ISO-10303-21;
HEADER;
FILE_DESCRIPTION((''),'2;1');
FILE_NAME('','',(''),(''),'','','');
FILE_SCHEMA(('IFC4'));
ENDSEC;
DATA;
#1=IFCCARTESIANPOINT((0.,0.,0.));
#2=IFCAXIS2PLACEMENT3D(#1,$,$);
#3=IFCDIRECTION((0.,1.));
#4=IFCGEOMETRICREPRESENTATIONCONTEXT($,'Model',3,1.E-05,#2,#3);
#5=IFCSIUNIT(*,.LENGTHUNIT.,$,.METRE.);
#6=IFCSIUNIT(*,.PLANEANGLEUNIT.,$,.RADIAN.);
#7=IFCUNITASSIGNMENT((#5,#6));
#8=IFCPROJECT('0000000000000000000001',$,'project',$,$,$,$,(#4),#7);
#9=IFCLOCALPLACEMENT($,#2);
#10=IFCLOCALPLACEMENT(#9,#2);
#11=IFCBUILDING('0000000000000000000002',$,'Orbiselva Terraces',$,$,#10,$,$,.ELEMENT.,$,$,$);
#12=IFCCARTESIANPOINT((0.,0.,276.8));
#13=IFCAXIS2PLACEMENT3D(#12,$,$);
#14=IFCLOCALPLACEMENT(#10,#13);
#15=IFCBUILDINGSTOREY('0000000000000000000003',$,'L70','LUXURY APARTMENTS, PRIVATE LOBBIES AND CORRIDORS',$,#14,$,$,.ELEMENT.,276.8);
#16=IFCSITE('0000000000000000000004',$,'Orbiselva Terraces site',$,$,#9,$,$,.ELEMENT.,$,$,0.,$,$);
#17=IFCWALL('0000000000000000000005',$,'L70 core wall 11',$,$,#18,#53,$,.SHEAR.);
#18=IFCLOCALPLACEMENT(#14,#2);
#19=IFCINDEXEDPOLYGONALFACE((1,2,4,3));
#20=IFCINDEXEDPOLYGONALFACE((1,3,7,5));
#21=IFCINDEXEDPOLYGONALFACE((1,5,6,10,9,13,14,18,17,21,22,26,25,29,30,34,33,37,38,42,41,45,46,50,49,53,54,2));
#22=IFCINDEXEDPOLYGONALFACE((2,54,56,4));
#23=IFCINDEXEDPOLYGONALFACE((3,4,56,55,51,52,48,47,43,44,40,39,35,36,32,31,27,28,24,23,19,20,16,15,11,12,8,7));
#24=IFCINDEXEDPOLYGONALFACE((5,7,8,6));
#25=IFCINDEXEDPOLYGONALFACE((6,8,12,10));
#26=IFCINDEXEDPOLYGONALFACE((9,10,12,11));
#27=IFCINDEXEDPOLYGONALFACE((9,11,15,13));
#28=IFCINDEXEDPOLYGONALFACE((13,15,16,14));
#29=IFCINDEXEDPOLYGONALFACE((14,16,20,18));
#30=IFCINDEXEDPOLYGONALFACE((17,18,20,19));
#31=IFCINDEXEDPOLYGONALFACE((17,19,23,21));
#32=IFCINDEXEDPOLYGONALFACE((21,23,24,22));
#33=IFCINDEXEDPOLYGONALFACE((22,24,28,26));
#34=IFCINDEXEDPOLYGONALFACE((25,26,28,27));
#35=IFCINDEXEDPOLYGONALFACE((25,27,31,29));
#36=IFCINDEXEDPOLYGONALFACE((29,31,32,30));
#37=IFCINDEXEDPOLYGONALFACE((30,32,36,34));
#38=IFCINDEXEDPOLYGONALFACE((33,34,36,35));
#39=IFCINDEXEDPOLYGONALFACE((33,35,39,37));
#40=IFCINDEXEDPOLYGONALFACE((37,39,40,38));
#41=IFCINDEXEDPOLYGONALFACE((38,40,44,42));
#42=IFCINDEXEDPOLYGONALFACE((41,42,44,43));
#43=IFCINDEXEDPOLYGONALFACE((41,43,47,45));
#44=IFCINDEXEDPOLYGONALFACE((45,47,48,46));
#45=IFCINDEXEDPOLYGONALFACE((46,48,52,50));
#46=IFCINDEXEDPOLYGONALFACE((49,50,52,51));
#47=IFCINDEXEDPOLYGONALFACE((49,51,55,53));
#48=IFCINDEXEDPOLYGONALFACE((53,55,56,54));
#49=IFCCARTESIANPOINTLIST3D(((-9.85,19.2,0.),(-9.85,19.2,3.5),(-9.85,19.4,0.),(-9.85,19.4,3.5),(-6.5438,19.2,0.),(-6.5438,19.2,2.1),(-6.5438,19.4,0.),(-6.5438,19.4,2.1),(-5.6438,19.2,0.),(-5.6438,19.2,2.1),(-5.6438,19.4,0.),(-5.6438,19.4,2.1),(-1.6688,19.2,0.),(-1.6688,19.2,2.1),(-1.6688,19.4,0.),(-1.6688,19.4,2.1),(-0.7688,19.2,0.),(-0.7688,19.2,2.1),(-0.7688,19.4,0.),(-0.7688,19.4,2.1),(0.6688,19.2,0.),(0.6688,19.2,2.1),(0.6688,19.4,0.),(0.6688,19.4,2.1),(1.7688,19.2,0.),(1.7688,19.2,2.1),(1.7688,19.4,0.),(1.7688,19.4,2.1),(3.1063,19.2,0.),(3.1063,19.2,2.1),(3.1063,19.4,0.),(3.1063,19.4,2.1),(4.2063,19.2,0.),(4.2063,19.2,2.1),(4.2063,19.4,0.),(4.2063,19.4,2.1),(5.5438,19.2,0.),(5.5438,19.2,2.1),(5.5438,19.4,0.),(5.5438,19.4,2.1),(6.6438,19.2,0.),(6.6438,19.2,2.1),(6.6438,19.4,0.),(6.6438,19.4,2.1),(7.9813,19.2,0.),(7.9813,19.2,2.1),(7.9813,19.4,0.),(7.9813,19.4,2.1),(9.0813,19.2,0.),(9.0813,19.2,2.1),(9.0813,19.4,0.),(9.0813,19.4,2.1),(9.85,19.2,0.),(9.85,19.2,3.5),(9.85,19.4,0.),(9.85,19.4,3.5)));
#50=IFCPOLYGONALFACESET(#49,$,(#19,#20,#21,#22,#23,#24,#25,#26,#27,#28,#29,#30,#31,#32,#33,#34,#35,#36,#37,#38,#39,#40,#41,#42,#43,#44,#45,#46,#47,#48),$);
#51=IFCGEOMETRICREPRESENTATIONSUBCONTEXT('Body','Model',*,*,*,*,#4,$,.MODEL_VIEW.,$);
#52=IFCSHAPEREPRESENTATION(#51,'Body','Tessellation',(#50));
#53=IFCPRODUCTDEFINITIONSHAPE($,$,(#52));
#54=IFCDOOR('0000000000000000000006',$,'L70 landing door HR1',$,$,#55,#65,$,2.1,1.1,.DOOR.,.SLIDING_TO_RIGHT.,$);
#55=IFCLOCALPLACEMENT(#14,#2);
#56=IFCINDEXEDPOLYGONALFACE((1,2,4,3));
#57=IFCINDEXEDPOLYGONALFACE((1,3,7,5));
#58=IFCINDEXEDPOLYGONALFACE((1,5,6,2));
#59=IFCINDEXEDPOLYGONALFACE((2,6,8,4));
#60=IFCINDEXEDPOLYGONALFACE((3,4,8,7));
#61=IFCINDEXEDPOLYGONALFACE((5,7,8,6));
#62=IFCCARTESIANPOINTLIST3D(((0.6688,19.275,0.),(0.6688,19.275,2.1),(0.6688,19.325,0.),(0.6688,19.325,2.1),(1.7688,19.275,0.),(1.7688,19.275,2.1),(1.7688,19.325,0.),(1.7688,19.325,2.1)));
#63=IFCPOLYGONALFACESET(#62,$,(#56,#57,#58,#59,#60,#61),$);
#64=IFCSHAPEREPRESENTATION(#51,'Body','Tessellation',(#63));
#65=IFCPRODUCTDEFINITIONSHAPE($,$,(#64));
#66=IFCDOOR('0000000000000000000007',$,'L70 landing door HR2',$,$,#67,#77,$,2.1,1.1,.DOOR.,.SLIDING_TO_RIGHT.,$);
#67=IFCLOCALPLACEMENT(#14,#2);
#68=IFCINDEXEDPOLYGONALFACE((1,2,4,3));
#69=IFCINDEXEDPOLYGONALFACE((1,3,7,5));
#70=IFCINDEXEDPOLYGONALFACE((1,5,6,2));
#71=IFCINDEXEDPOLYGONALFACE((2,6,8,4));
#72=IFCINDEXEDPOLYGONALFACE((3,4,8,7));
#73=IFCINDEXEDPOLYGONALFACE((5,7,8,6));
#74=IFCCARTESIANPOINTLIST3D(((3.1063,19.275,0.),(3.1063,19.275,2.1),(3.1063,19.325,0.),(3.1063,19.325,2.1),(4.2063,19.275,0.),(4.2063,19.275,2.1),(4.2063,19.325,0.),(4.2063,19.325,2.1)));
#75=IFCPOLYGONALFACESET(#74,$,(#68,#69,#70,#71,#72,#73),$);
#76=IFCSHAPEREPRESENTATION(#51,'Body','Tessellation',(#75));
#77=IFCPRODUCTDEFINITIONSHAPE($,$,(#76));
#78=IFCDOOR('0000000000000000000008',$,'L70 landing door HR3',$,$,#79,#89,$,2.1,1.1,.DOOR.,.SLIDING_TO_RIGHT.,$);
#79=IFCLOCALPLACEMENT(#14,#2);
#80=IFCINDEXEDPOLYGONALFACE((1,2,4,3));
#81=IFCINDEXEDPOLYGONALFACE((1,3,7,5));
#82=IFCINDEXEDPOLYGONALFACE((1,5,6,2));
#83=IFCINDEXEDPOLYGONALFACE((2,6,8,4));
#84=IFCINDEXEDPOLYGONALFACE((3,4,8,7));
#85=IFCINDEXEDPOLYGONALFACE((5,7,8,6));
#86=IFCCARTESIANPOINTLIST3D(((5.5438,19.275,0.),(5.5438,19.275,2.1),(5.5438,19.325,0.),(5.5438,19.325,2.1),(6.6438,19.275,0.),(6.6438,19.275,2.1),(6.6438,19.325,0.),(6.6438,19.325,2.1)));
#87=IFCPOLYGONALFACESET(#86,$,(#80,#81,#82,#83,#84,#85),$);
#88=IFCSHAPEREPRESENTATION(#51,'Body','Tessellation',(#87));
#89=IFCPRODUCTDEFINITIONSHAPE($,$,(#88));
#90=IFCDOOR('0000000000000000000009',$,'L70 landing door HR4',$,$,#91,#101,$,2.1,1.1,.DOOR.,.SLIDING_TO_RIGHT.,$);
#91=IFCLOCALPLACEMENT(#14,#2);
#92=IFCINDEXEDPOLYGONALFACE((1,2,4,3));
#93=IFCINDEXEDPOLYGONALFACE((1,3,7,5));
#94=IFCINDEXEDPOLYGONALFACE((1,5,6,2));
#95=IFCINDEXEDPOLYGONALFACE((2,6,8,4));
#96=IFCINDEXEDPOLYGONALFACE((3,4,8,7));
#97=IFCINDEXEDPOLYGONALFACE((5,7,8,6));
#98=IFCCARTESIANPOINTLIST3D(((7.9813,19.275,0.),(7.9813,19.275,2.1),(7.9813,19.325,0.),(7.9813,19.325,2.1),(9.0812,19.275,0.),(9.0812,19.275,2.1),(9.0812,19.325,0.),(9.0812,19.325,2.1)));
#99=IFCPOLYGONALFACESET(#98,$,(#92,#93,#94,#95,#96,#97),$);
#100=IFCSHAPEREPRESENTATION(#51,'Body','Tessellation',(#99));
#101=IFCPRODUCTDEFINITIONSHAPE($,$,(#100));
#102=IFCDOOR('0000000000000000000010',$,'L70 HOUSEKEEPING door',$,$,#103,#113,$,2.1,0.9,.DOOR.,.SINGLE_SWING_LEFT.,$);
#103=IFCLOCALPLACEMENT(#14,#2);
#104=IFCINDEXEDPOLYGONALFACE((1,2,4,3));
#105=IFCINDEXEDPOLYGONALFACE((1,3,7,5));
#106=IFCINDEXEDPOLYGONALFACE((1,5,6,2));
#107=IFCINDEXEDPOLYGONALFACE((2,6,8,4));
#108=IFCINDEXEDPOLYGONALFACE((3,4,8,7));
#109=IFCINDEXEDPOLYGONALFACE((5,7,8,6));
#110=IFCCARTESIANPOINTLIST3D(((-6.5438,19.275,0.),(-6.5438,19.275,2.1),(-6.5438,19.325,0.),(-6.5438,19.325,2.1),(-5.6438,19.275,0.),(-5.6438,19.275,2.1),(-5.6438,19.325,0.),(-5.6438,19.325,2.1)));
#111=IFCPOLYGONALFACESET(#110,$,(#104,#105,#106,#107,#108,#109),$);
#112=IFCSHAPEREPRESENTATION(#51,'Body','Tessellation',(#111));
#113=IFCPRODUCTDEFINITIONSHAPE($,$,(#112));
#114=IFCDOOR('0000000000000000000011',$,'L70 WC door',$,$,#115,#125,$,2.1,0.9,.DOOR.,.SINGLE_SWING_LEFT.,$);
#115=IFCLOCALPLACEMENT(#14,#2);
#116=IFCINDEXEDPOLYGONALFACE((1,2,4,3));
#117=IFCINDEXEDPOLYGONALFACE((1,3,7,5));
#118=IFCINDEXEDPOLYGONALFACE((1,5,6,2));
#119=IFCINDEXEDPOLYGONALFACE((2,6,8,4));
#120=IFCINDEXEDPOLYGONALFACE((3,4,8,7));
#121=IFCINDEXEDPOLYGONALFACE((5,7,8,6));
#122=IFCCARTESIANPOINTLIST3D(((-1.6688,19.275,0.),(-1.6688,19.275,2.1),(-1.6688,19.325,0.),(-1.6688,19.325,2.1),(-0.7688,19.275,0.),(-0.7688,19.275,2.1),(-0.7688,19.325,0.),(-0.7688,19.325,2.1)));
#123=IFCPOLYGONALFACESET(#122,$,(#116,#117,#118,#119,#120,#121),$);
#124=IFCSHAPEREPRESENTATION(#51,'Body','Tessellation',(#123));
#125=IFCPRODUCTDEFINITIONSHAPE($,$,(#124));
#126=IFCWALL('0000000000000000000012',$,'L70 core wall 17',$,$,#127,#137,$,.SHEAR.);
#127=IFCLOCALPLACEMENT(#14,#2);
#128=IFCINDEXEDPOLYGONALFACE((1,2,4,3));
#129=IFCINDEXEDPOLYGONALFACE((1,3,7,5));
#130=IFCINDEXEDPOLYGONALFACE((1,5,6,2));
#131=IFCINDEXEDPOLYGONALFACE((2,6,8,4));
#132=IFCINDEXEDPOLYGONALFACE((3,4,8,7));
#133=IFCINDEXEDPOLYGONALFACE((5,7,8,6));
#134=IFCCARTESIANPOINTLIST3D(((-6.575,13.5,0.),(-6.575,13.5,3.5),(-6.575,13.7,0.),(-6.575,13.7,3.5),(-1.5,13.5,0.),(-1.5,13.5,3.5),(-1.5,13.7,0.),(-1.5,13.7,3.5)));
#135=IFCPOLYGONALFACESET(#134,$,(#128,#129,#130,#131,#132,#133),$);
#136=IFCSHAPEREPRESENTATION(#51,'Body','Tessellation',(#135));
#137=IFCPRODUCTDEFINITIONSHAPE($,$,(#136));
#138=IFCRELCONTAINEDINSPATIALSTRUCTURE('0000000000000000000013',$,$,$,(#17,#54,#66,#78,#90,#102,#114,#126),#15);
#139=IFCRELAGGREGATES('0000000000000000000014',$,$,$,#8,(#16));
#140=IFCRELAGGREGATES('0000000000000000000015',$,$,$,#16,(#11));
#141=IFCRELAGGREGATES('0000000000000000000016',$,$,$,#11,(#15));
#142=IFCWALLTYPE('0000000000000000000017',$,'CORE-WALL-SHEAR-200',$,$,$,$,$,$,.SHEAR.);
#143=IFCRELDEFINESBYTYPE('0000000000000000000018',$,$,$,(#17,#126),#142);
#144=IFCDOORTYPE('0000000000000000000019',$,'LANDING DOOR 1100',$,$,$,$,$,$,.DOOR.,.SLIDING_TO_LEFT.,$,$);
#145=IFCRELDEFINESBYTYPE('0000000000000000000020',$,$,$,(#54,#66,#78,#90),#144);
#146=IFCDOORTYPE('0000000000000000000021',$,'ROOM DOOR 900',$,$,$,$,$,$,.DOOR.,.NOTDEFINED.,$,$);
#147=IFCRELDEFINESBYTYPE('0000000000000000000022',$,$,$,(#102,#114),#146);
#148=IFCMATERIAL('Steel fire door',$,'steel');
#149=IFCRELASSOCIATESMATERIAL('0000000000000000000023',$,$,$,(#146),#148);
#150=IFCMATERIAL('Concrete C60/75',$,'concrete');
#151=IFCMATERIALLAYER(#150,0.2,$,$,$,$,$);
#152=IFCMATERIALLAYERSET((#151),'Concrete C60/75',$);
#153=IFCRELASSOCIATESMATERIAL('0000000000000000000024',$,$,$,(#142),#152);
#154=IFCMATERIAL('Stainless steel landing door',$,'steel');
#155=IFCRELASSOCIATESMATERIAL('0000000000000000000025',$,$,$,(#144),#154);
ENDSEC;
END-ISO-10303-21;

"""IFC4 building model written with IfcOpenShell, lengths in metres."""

from ifc_helpers import new_model, si_unit, direction, frame, frame_2d, origin, place, context, subcontext, project, spatial, rectangle, extrude, material, layer, layer_set, type_object, element, fill, save


model = new_model("IFC4")

# Units and contexts
model_context = context("Model", 3, precision=1e-05, world=origin(), true_north=direction((0.0, 1.0)))
body_context = subcontext(model_context, "Body", "Model", "MODEL_VIEW")
ifc_project = project(units=[si_unit("LENGTHUNIT", "METRE"), si_unit("PLANEANGLEUNIT", "RADIAN")], contexts=[model_context])

# Site, building, storey
site_placement = place(None, origin())
site = spatial("IfcSite", under=ifc_project, at=site_placement, Name="Orbiselva Terraces site", CompositionType="ELEMENT", RefElevation=0.0)
building_placement = place(site_placement, origin())
building = spatial("IfcBuilding", under=site, at=building_placement, Name="Orbiselva Terraces", CompositionType="ELEMENT")
storey_placement = place(building_placement, frame((0.0, 0.0, 276.8)))
storey = spatial("IfcBuildingStorey", under=building, at=storey_placement, Name="L70", Description="LUXURY APARTMENTS, PRIVATE LOBBIES AND CORRIDORS", CompositionType="ELEMENT", Elevation=276.8)

# Shared definitions
ifc_material_1 = material(Name="Steel fire door", Category="steel")
door_type_1 = type_object("IfcDoorType", Name="ROOM DOOR 900", OperationType="NOTDEFINED", PredefinedType="DOOR", material=ifc_material_1)

# Shared definitions
ifc_material_2 = material(Name="Concrete C60/75", Category="concrete")
ifc_layer_1 = layer(ifc_material_2, 0.2)
ifc_layer_set_1 = layer_set([ifc_layer_1], Name="Concrete C60/75")
wall_type_1 = type_object("IfcWallType", Name="CORE-WALL-SHEAR-200", PredefinedType="SHEAR", material=ifc_layer_set_1)

# Wall, openings, doors
wall_1_placement = place(storey_placement, frame((-9.85, 19.3, 0.0), z_axis=(0.0, 0.0, 1.0), x_axis=(1.0, 0.0, 0.0)))
wall_1 = element("IfcWall", 1, at=wall_1_placement, inside=storey, type_object=wall_type_1, Name="L70 core wall 11", PredefinedType="SHEAR", context=body_context, shape_type="SweptSolid", body=[
    extrude(rectangle(XDim=19.7, YDim=0.2, at=frame_2d((9.85, 0.0))), origin(), (0.0, 0.0, 1.0), 3.5),
])
opening_1_placement = place(wall_1_placement, frame((10.5188, 0.0, 0.0)))
opening_1 = element("IfcOpeningElement", 2, at=opening_1_placement, cuts=wall_1, PredefinedType="OPENING", context=body_context, shape_type="SweptSolid", body=[
    extrude(rectangle(XDim=1.1, YDim=2.1, at=frame_2d((0.55, 1.05))), frame((0.0, 0.11, 0.0), z_axis=(0.0, -1.0, 0.0), x_axis=(1.0, 0.0, 0.0)), (0.0, 0.0, 1.0), 0.22),
])
opening_2_placement = place(wall_1_placement, frame((12.9563, 0.0, 0.0)))
opening_2 = element("IfcOpeningElement", 3, at=opening_2_placement, cuts=wall_1, PredefinedType="OPENING", context=body_context, shape_type="SweptSolid", body=[
    extrude(rectangle(XDim=1.1, YDim=2.1, at=frame_2d((0.55, 1.05))), frame((0.0, 0.11, 0.0), z_axis=(0.0, -1.0, 0.0), x_axis=(1.0, 0.0, 0.0)), (0.0, 0.0, 1.0), 0.22),
])
opening_3_placement = place(wall_1_placement, frame((15.3938, 0.0, 0.0)))
opening_3 = element("IfcOpeningElement", 4, at=opening_3_placement, cuts=wall_1, PredefinedType="OPENING", context=body_context, shape_type="SweptSolid", body=[
    extrude(rectangle(XDim=1.1, YDim=2.1, at=frame_2d((0.55, 1.05))), frame((0.0, 0.11, 0.0), z_axis=(0.0, -1.0, 0.0), x_axis=(1.0, 0.0, 0.0)), (0.0, 0.0, 1.0), 0.22),
])
opening_4_placement = place(wall_1_placement, frame((17.8313, 0.0, 0.0)))
opening_4 = element("IfcOpeningElement", 5, at=opening_4_placement, cuts=wall_1, PredefinedType="OPENING", context=body_context, shape_type="SweptSolid", body=[
    extrude(rectangle(XDim=1.1, YDim=2.1, at=frame_2d((0.55, 1.05))), frame((0.0, 0.11, 0.0), z_axis=(0.0, -1.0, 0.0), x_axis=(1.0, 0.0, 0.0)), (0.0, 0.0, 1.0), 0.22),
])
opening_5_placement = place(wall_1_placement, frame((3.3062, 0.0, 0.0)))
opening_5 = element("IfcOpeningElement", 6, at=opening_5_placement, cuts=wall_1, PredefinedType="OPENING", context=body_context, shape_type="SweptSolid", body=[
    extrude(rectangle(XDim=0.9, YDim=2.1, at=frame_2d((0.45, 1.05))), frame((0.0, 0.11, 0.0), z_axis=(0.0, -1.0, 0.0), x_axis=(1.0, 0.0, 0.0)), (0.0, 0.0, 1.0), 0.22),
])
opening_6_placement = place(wall_1_placement, frame((8.1812, 0.0, 0.0)))
opening_6 = element("IfcOpeningElement", 7, at=opening_6_placement, cuts=wall_1, PredefinedType="OPENING", context=body_context, shape_type="SweptSolid", body=[
    extrude(rectangle(XDim=0.9, YDim=2.1, at=frame_2d((0.45, 1.05))), frame((0.0, 0.11, 0.0), z_axis=(0.0, -1.0, 0.0), x_axis=(1.0, 0.0, 0.0)), (0.0, 0.0, 1.0), 0.22),
])
ifc_material_3 = material(Name="Stainless steel landing door", Category="steel")
door_type_2 = type_object("IfcDoorType", Name="LANDING DOOR 1100", OperationType="SLIDING_TO_LEFT", PredefinedType="DOOR", material=ifc_material_3)
door_1_placement = place(opening_1_placement, origin())
door_1 = element("IfcDoor", 8, at=door_1_placement, inside=storey, type_object=door_type_2, Name="L70 landing door HR1", OperationType="SLIDING_TO_RIGHT", OverallHeight=2.1, OverallWidth=1.1, PredefinedType="DOOR", context=body_context, shape_type="SweptSolid", body=[
    extrude(rectangle(XDim=1.1, YDim=2.1, at=frame_2d((0.55, 1.05))), frame((0.0, 0.025, 0.0), z_axis=(0.0, -1.0, 0.0), x_axis=(1.0, 0.0, 0.0)), (0.0, 0.0, 1.0), 0.05),
])
fill(opening_1, door_1)
door_2_placement = place(opening_2_placement, origin())
door_2 = element("IfcDoor", 9, at=door_2_placement, inside=storey, type_object=door_type_2, Name="L70 landing door HR2", OperationType="SLIDING_TO_RIGHT", OverallHeight=2.1, OverallWidth=1.1, PredefinedType="DOOR", context=body_context, shape_type="SweptSolid", body=[
    extrude(rectangle(XDim=1.1, YDim=2.1, at=frame_2d((0.55, 1.05))), frame((0.0, 0.025, 0.0), z_axis=(0.0, -1.0, 0.0), x_axis=(1.0, 0.0, 0.0)), (0.0, 0.0, 1.0), 0.05),
])
fill(opening_2, door_2)
door_3_placement = place(opening_3_placement, origin())
door_3 = element("IfcDoor", 10, at=door_3_placement, inside=storey, type_object=door_type_2, Name="L70 landing door HR3", OperationType="SLIDING_TO_RIGHT", OverallHeight=2.1, OverallWidth=1.1, PredefinedType="DOOR", context=body_context, shape_type="SweptSolid", body=[
    extrude(rectangle(XDim=1.1, YDim=2.1, at=frame_2d((0.55, 1.05))), frame((0.0, 0.025, 0.0), z_axis=(0.0, -1.0, 0.0), x_axis=(1.0, 0.0, 0.0)), (0.0, 0.0, 1.0), 0.05),
])
fill(opening_3, door_3)
door_4_placement = place(opening_4_placement, origin())
door_4 = element("IfcDoor", 11, at=door_4_placement, inside=storey, type_object=door_type_2, Name="L70 landing door HR4", OperationType="SLIDING_TO_RIGHT", OverallHeight=2.1, OverallWidth=1.1, PredefinedType="DOOR", context=body_context, shape_type="SweptSolid", body=[
    extrude(rectangle(XDim=1.1, YDim=2.1, at=frame_2d((0.55, 1.05))), frame((0.0, 0.025, 0.0), z_axis=(0.0, -1.0, 0.0), x_axis=(1.0, 0.0, 0.0)), (0.0, 0.0, 1.0), 0.05),
])
fill(opening_4, door_4)
door_5_placement = place(opening_5_placement, origin())
door_5 = element("IfcDoor", 12, at=door_5_placement, inside=storey, type_object=door_type_1, Name="L70 HOUSEKEEPING door", OperationType="SINGLE_SWING_LEFT", OverallHeight=2.1, OverallWidth=0.9, PredefinedType="DOOR", context=body_context, shape_type="SweptSolid", body=[
    extrude(rectangle(XDim=0.9, YDim=2.1, at=frame_2d((0.45, 1.05))), frame((0.0, 0.025, 0.0), z_axis=(0.0, -1.0, 0.0), x_axis=(1.0, 0.0, 0.0)), (0.0, 0.0, 1.0), 0.05),
])
fill(opening_5, door_5)
door_6_placement = place(opening_6_placement, origin())
door_6 = element("IfcDoor", 13, at=door_6_placement, inside=storey, type_object=door_type_1, Name="L70 WC door", OperationType="SINGLE_SWING_LEFT", OverallHeight=2.1, OverallWidth=0.9, PredefinedType="DOOR", context=body_context, shape_type="SweptSolid", body=[
    extrude(rectangle(XDim=0.9, YDim=2.1, at=frame_2d((0.45, 1.05))), frame((0.0, 0.025, 0.0), z_axis=(0.0, -1.0, 0.0), x_axis=(1.0, 0.0, 0.0)), (0.0, 0.0, 1.0), 0.05),
])
fill(opening_6, door_6)

# Wall
wall_2_placement = place(storey_placement, frame((-6.575, 13.6, 0.0), z_axis=(0.0, 0.0, 1.0), x_axis=(1.0, 0.0, 0.0)))
element("IfcWall", 14, at=wall_2_placement, inside=storey, type_object=wall_type_1, Name="L70 core wall 17", PredefinedType="SHEAR", context=body_context, shape_type="SweptSolid", body=[
    extrude(rectangle(XDim=5.075, YDim=0.2, at=frame_2d((2.5375, 0.0))), origin(), (0.0, 0.0, 1.0), 3.5),
])

save(model, "model.ifc")
